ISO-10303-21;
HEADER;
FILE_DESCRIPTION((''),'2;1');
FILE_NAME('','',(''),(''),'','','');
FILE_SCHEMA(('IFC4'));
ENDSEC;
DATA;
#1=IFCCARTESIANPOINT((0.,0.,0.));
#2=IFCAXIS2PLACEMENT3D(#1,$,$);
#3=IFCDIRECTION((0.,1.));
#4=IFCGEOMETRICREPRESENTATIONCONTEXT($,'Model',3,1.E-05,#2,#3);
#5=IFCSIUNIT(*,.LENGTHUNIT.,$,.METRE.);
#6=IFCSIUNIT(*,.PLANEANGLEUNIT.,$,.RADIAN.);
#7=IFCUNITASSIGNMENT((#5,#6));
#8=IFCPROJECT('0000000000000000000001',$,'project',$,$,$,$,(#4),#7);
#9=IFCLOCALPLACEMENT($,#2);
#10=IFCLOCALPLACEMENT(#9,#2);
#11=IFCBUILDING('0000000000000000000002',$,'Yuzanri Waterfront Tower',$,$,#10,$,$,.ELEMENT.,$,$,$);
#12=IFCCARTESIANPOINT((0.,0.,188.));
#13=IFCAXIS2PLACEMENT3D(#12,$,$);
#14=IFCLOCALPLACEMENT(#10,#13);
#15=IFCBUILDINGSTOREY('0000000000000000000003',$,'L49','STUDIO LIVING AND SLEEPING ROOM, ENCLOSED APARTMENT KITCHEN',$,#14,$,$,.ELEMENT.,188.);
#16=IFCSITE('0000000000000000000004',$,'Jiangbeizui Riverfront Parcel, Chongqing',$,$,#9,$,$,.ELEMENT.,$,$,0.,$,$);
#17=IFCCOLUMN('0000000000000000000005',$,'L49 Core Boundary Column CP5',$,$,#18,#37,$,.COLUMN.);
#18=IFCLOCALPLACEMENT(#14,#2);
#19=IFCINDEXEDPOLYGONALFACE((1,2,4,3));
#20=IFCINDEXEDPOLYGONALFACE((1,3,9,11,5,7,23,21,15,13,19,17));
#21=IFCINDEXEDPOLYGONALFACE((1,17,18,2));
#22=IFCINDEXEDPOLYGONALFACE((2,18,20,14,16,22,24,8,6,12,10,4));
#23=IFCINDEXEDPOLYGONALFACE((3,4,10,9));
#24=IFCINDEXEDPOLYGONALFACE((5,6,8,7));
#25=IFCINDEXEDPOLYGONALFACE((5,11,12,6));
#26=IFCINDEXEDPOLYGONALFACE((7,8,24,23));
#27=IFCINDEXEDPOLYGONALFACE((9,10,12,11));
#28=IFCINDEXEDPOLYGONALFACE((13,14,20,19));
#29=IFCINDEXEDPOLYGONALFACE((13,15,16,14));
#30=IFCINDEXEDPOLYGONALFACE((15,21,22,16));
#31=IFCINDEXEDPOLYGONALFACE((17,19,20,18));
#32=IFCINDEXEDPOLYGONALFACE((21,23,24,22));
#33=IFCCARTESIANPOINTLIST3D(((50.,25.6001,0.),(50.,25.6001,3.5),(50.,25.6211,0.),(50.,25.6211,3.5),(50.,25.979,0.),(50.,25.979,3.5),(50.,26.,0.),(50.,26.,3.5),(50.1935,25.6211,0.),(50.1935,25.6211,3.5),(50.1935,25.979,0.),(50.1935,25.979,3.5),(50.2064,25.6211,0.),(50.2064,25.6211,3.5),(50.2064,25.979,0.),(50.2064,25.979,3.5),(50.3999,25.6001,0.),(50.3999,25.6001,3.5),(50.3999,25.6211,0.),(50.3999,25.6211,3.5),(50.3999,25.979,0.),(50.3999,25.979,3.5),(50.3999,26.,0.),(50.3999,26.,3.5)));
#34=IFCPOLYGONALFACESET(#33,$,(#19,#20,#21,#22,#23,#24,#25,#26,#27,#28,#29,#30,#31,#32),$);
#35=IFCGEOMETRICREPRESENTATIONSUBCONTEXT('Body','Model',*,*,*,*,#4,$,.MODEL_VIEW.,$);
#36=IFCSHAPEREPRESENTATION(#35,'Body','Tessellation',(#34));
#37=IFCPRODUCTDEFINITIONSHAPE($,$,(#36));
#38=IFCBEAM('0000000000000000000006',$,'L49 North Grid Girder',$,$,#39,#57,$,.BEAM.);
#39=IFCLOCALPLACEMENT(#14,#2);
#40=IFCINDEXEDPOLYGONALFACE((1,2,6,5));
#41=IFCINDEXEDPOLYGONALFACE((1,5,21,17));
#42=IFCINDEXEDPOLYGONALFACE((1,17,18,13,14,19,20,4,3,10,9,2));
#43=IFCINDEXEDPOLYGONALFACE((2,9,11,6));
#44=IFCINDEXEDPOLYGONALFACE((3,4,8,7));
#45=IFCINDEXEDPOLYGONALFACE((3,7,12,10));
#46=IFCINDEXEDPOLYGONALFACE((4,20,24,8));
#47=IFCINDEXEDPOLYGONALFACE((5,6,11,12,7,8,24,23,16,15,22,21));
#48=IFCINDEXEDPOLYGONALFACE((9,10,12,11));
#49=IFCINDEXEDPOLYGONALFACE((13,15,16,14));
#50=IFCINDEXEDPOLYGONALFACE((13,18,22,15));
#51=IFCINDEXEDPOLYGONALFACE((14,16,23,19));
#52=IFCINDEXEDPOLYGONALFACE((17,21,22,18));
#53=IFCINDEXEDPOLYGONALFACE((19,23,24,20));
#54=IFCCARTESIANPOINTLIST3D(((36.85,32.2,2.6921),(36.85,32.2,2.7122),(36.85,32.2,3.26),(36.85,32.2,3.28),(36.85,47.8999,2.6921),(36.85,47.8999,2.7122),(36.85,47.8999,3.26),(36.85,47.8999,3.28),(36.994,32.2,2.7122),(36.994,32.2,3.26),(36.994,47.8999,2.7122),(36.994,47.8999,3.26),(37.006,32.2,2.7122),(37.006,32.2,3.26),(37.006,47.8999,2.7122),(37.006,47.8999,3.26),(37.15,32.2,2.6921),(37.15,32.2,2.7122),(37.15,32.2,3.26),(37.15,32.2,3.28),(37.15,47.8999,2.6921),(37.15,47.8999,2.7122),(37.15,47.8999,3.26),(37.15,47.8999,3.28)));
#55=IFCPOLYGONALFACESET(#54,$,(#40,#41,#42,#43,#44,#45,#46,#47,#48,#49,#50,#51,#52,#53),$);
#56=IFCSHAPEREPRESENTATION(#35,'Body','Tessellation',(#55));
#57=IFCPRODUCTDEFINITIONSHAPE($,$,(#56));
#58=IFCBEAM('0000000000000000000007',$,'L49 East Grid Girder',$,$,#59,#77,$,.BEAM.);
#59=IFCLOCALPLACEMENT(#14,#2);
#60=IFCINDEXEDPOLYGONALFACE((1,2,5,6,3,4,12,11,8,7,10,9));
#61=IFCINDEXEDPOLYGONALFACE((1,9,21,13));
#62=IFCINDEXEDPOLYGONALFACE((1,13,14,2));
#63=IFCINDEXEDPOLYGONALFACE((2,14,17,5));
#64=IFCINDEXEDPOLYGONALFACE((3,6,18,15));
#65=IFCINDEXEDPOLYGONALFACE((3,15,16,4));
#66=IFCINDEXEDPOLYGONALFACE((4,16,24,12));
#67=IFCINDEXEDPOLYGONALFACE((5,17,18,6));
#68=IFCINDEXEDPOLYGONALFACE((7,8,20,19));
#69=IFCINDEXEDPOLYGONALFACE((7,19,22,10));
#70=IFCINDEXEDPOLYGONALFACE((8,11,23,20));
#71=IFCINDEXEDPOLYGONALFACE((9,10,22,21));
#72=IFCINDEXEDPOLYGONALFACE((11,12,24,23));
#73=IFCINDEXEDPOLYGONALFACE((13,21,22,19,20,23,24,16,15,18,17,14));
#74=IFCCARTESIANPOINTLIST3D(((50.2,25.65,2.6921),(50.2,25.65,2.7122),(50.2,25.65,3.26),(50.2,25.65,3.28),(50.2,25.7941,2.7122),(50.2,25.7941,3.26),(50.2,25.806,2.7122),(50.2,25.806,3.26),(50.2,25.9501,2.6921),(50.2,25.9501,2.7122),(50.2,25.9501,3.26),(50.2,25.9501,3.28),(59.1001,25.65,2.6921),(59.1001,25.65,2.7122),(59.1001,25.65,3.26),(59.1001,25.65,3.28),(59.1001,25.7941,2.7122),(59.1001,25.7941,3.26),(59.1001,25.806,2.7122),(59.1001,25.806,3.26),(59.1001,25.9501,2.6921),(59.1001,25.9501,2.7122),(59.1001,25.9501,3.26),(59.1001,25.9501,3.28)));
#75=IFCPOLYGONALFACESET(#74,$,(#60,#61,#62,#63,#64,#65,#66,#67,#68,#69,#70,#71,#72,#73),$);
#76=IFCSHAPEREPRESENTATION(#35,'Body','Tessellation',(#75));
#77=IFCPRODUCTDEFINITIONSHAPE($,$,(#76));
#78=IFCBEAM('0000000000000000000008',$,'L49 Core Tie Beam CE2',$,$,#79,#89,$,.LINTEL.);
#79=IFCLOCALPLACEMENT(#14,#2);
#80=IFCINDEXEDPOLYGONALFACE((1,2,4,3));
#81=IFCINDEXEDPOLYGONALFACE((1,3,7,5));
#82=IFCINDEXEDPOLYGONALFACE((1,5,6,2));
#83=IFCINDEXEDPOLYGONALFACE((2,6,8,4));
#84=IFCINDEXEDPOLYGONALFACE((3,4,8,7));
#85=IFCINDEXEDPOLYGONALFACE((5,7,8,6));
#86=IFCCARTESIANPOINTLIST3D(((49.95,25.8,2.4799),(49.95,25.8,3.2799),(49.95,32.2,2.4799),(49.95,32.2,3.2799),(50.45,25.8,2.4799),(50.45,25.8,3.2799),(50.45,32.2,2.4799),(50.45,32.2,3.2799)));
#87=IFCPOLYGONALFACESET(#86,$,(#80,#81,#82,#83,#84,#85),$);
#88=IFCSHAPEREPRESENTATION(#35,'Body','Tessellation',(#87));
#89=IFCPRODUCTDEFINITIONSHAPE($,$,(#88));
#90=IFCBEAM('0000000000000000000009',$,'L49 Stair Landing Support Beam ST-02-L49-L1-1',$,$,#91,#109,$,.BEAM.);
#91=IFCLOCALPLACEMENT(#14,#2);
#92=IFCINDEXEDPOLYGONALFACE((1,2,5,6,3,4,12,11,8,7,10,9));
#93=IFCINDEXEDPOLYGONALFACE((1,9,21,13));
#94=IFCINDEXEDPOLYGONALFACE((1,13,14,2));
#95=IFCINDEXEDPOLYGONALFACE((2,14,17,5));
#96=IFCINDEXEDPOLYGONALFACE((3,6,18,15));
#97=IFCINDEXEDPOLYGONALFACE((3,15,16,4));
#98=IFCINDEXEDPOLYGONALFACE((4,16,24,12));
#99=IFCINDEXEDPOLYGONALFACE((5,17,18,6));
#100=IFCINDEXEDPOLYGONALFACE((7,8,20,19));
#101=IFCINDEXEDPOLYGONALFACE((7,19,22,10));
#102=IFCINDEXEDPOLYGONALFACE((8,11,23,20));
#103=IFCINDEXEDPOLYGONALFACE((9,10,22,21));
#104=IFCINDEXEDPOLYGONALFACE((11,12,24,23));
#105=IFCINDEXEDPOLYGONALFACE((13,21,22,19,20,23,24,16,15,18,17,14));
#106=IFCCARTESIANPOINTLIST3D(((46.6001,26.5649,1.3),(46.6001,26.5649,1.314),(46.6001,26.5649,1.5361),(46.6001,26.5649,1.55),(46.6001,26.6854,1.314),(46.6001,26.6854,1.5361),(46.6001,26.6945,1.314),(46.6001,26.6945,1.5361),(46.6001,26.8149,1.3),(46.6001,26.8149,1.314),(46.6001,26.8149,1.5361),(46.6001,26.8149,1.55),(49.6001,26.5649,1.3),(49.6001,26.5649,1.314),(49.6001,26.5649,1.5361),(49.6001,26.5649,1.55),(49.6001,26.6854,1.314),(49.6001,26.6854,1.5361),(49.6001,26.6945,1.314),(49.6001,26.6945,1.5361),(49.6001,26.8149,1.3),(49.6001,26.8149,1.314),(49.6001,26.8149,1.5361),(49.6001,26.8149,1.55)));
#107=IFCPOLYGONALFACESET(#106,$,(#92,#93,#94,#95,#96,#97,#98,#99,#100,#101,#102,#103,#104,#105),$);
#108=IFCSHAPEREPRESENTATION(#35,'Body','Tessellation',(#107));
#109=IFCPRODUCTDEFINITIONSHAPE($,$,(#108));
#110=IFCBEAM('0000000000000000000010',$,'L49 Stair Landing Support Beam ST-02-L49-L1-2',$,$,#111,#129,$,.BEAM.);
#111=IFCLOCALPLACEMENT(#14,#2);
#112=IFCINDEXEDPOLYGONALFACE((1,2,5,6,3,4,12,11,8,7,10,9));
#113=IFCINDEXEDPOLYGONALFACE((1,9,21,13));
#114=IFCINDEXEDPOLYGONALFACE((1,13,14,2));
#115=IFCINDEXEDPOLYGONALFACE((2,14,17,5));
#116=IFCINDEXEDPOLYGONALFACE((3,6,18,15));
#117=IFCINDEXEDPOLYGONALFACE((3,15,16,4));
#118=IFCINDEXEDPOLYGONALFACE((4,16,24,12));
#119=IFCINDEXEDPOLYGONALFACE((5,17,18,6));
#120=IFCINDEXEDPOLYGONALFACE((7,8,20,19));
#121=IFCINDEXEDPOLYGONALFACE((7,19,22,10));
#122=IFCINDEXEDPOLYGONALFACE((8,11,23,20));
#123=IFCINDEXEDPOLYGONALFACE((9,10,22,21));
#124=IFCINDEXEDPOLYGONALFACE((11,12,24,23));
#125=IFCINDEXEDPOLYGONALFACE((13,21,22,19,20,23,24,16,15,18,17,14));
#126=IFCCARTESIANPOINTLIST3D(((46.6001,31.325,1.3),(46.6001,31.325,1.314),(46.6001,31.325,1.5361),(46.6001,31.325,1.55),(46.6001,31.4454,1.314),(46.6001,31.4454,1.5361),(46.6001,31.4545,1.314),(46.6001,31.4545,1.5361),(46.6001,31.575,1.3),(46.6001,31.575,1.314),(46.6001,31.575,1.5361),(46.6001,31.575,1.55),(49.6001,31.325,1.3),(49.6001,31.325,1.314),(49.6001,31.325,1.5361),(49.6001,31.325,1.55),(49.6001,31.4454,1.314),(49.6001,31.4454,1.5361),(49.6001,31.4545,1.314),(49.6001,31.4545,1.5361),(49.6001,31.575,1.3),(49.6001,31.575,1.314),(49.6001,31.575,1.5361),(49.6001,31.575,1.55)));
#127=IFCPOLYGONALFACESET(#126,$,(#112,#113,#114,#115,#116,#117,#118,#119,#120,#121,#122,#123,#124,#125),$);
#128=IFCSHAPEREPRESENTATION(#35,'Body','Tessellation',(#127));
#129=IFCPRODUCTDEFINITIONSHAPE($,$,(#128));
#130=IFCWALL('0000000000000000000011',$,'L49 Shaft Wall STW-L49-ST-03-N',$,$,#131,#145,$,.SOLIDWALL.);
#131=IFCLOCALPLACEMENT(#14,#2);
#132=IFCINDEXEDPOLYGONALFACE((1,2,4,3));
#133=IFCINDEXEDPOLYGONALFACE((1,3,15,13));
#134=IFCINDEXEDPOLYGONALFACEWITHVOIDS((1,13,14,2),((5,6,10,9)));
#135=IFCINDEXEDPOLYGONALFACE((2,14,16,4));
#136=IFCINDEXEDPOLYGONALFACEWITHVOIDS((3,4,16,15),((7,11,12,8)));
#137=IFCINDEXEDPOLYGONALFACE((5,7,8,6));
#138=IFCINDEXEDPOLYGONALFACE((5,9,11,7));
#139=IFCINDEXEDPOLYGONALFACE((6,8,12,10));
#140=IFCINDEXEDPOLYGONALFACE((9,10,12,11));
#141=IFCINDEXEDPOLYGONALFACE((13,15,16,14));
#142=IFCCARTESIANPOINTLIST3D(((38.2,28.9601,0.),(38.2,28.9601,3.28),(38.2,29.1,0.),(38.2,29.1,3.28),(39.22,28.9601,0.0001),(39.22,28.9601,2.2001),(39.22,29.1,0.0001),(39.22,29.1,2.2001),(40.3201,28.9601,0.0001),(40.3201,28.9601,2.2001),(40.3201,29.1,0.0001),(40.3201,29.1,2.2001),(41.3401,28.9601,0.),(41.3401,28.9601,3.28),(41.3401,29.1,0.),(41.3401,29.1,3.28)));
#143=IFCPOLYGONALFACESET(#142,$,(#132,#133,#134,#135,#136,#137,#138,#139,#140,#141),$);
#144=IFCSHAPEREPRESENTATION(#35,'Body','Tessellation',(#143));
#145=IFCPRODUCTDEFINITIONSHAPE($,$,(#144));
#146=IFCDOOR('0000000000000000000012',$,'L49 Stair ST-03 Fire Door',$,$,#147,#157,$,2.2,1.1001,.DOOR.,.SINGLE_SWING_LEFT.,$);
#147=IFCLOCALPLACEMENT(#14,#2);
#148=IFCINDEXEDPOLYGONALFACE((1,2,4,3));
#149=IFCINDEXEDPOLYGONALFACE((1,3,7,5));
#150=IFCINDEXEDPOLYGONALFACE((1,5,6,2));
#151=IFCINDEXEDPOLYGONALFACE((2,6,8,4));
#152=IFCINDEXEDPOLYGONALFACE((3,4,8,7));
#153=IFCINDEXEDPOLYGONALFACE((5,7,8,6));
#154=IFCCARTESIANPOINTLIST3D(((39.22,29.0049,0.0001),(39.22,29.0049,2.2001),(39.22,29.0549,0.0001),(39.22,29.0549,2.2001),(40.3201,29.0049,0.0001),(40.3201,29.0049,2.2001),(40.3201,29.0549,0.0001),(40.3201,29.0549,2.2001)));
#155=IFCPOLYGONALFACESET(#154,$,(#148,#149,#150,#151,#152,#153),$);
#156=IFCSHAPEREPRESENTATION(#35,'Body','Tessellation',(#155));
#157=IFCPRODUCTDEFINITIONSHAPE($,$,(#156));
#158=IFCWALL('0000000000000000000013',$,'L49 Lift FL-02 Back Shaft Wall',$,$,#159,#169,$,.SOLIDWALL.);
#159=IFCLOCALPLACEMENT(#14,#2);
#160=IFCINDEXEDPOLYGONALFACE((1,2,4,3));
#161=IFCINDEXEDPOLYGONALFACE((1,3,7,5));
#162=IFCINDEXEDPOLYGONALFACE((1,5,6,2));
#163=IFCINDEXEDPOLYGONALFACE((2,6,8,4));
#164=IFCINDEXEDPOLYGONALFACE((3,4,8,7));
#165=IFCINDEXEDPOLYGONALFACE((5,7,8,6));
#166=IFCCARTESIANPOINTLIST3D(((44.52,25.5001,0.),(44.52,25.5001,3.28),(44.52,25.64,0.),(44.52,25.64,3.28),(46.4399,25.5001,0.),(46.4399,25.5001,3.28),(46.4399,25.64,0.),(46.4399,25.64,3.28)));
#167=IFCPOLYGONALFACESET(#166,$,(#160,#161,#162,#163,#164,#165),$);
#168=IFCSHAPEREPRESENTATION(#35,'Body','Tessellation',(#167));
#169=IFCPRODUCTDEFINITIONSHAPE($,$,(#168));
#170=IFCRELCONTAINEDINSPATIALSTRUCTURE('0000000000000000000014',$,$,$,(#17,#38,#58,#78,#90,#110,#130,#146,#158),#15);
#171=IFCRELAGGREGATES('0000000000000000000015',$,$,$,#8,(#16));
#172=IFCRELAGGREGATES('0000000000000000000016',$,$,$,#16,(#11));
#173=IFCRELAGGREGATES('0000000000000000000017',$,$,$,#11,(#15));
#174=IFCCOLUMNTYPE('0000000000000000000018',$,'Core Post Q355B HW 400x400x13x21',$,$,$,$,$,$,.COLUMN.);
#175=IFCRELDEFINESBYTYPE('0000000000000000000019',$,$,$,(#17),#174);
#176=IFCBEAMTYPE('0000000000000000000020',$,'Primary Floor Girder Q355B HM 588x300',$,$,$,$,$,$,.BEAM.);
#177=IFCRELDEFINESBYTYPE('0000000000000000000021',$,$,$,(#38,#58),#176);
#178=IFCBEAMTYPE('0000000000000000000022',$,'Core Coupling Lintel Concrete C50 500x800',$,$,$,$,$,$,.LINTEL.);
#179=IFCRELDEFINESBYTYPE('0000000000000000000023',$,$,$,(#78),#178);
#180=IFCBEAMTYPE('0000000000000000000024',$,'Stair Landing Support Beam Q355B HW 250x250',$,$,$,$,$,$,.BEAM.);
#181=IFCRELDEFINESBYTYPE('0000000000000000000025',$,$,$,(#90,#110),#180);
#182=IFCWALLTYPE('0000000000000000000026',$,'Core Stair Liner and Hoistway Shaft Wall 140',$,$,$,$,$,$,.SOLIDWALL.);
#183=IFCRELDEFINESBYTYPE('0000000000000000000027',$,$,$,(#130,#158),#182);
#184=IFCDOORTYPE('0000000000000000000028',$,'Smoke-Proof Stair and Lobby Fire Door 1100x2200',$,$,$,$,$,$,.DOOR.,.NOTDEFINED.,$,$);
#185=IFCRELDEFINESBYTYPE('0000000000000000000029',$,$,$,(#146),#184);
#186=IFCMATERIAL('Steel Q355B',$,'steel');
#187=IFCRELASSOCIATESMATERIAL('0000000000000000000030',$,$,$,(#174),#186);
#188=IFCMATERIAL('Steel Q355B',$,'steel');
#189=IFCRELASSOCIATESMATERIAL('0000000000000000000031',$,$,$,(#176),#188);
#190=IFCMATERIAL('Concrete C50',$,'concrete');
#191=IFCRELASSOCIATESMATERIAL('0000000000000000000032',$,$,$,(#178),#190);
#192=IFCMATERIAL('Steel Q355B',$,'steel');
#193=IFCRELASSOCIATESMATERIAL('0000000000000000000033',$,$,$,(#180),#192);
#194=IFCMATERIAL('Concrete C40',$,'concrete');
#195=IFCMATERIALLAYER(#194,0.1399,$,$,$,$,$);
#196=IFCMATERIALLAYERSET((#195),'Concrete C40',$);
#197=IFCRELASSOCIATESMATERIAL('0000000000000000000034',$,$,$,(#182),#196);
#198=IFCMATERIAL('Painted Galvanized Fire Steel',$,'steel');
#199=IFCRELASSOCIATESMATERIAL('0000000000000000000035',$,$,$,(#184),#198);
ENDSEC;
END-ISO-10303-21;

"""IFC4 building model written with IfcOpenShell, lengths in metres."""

from ifc_helpers import new_model, si_unit, direction, frame, frame_2d, origin, origin_2d, place, context, subcontext, project, spatial, rectangle, i_section, extrude, source, transform, mapped, material, layer, layer_set, material_profile, profile_set, type_object, element, fill, save


model = new_model("IFC4")

# Units and contexts
model_context = context("Model", 3, precision=1e-05, world=origin(), true_north=direction((0.0, 1.0)))
body_context = subcontext(model_context, "Body", "Model", "MODEL_VIEW")
ifc_project = project(units=[si_unit("LENGTHUNIT", "METRE"), si_unit("PLANEANGLEUNIT", "RADIAN")], contexts=[model_context])

# Site, building, storey
site_placement = place(None, origin())
site = spatial("IfcSite", under=ifc_project, at=site_placement, Name="Jiangbeizui Riverfront Parcel, Chongqing", CompositionType="ELEMENT", RefElevation=0.0)
building_placement = place(site_placement, origin())
building = spatial("IfcBuilding", under=site, at=building_placement, Name="Yuzanri Waterfront Tower", CompositionType="ELEMENT")
storey_placement = place(building_placement, frame((0.0, 0.0, 188.0)))
storey = spatial("IfcBuildingStorey", under=building, at=storey_placement, Name="L49", Description="STUDIO LIVING AND SLEEPING ROOM, ENCLOSED APARTMENT KITCHEN", CompositionType="ELEMENT", Elevation=188.0)

# Column
ifc_material_1 = material(Name="Steel Q355B", Category="steel")
ifc_material_profile_1 = material_profile(ifc_material_1, i_section(OverallWidth=0.3999, OverallDepth=0.3999, WebThickness=0.0129, FlangeThickness=0.021, at=origin_2d()), Name="HW 400x400x13x21")
ifc_profile_set_1 = profile_set([ifc_material_profile_1], Name="Steel Q355B")
column_type = type_object("IfcColumnType", Name="Core Post Q355B HW 400x400x13x21", PredefinedType="COLUMN", material=ifc_profile_set_1)
shared_shape_1 = source(origin(), body_context, "Body", "SweptSolid", [
    extrude(i_section(OverallWidth=0.3999, OverallDepth=0.3999, WebThickness=0.0129, FlangeThickness=0.021, at=origin_2d()), origin(), (0.0, 0.0, 1.0), 3.5),
])
column_placement = place(storey_placement, frame((50.2, 25.8, 0.0), z_axis=(0.0, 0.0, 1.0), x_axis=(1.0, 0.0, 0.0)))
element("IfcColumn", 1, at=column_placement, inside=storey, type_object=column_type, Name="L49 Core Boundary Column CP5", PredefinedType="COLUMN", context=body_context, shape_type="MappedRepresentation", body=[
    mapped(shared_shape_1, transform((0.0, 0.0, 0.0), scale=1.0)),
])

# Beams
ifc_material_2 = material(Name="Steel Q355B", Category="steel")
ifc_material_profile_2 = material_profile(ifc_material_2, i_section(OverallWidth=0.3, OverallDepth=0.5879, WebThickness=0.012, FlangeThickness=0.02, at=origin_2d()), Name="HM 588x300x12x20")
ifc_profile_set_2 = profile_set([ifc_material_profile_2], Name="Steel Q355B")
beam_type_1 = type_object("IfcBeamType", Name="Primary Floor Girder Q355B HM 588x300", PredefinedType="BEAM", material=ifc_profile_set_2)
shared_shape_2 = source(origin(), body_context, "Body", "SweptSolid", [
    extrude(i_section(OverallWidth=0.3, OverallDepth=0.5879, WebThickness=0.012, FlangeThickness=0.02, at=origin_2d()), origin(), (0.0, 0.0, 1.0), 15.7),
])
beam_1_placement = place(storey_placement, frame((37.0, 32.2, 2.9861), z_axis=(0.0, 1.0, 0.0), x_axis=(-1.0, 0.0, 0.0)))
element("IfcBeam", 2, at=beam_1_placement, inside=storey, type_object=beam_type_1, Name="L49 North Grid Girder", PredefinedType="BEAM", context=body_context, shape_type="MappedRepresentation", body=[
    mapped(shared_shape_2, transform((0.0, 0.0, 0.0), scale=1.0)),
])
shared_shape_3 = source(origin(), body_context, "Body", "SweptSolid", [
    extrude(i_section(OverallWidth=0.3, OverallDepth=0.5879, WebThickness=0.012, FlangeThickness=0.02, at=origin_2d()), origin(), (0.0, 0.0, 1.0), 8.9001),
])
beam_2_placement = place(storey_placement, frame((50.2, 25.8, 2.9861), z_axis=(1.0, 0.0, 0.0), x_axis=(0.0, 1.0, 0.0)))
element("IfcBeam", 3, at=beam_2_placement, inside=storey, type_object=beam_type_1, Name="L49 East Grid Girder", PredefinedType="BEAM", context=body_context, shape_type="MappedRepresentation", body=[
    mapped(shared_shape_3, transform((0.0, 0.0, 0.0), scale=1.0)),
])
ifc_material_3 = material(Name="Concrete C50", Category="concrete")
ifc_material_profile_3 = material_profile(ifc_material_3, rectangle(XDim=0.5, YDim=0.8, at=origin_2d()), Name="RC 500x800")
ifc_profile_set_3 = profile_set([ifc_material_profile_3], Name="Concrete C50")
beam_type_2 = type_object("IfcBeamType", Name="Core Coupling Lintel Concrete C50 500x800", PredefinedType="LINTEL", material=ifc_profile_set_3)
shared_shape_4 = source(origin(), body_context, "Body", "SweptSolid", [
    extrude(rectangle(XDim=0.5, YDim=0.8, at=origin_2d()), origin(), (0.0, 0.0, 1.0), 6.3999),
])
beam_3_placement = place(storey_placement, frame((50.2, 25.8, 2.8799), z_axis=(0.0, 1.0, 0.0), x_axis=(-1.0, 0.0, 0.0)))
element("IfcBeam", 4, at=beam_3_placement, inside=storey, type_object=beam_type_2, Name="L49 Core Tie Beam CE2", PredefinedType="LINTEL", context=body_context, shape_type="MappedRepresentation", body=[
    mapped(shared_shape_4, transform((0.0, 0.0, 0.0), scale=1.0)),
])
ifc_material_4 = material(Name="Steel Q355B", Category="steel")
ifc_material_profile_4 = material_profile(ifc_material_4, i_section(OverallWidth=0.25, OverallDepth=0.25, WebThickness=0.009, FlangeThickness=0.0139, at=origin_2d()), Name="HW 250x250x9x14")
ifc_profile_set_4 = profile_set([ifc_material_profile_4], Name="Steel Q355B")
beam_type_3 = type_object("IfcBeamType", Name="Stair Landing Support Beam Q355B HW 250x250", PredefinedType="BEAM", material=ifc_profile_set_4)
shared_shape_5 = source(origin(), body_context, "Body", "SweptSolid", [
    extrude(i_section(OverallWidth=0.25, OverallDepth=0.25, WebThickness=0.009, FlangeThickness=0.0139, at=origin_2d()), origin(), (0.0, 0.0, 1.0), 3.0),
])
for number, where, z_axis, x_axis, name in (
    (5, (46.6001, 26.6899, 1.425), (1.0, 0.0, 0.0), (0.0, 1.0, 0.0), "L49 Stair Landing Support Beam ST-02-L49-L1-1"),
    (6, (46.6001, 31.45, 1.425), (1.0, 0.0, 0.0), (0.0, 1.0, 0.0), "L49 Stair Landing Support Beam ST-02-L49-L1-2"),
):
    element("IfcBeam", number, at=place(storey_placement, frame(where, z_axis=z_axis, x_axis=x_axis)), inside=storey, type_object=beam_type_3, Name=name, PredefinedType="BEAM", context=body_context, shape_type="MappedRepresentation", body=[
        mapped(shared_shape_5, transform((0.0, 0.0, 0.0), scale=1.0)),
    ])

# Wall, opening, door
ifc_material_5 = material(Name="Concrete C40", Category="concrete")
ifc_layer_1 = layer(ifc_material_5, 0.1399)
ifc_layer_set_1 = layer_set([ifc_layer_1], Name="Concrete C40")
wall_type = type_object("IfcWallType", Name="Core Stair Liner and Hoistway Shaft Wall 140", PredefinedType="SOLIDWALL", material=ifc_layer_set_1)
wall_1_placement = place(storey_placement, frame((38.2, 29.03, 0.0), z_axis=(0.0, 0.0, 1.0), x_axis=(1.0, 0.0, 0.0)))
wall_1 = element("IfcWall", 7, at=wall_1_placement, inside=storey, type_object=wall_type, Name="L49 Shaft Wall STW-L49-ST-03-N", PredefinedType="SOLIDWALL", context=body_context, shape_type="SweptSolid", body=[
    extrude(rectangle(XDim=3.1401, YDim=0.1399, at=frame_2d((1.5701, 0.0))), origin(), (0.0, 0.0, 1.0), 3.28),
])
opening_placement = place(wall_1_placement, frame((1.02, 0.0, 0.0)))
opening = element("IfcOpeningElement", 8, at=opening_placement, cuts=wall_1, PredefinedType="OPENING", context=body_context, shape_type="SweptSolid", body=[
    extrude(rectangle(XDim=1.1001, YDim=2.2, at=frame_2d((0.55, 1.1001))), frame((0.0, 0.085, 0.0), z_axis=(0.0, -1.0, 0.0), x_axis=(1.0, 0.0, 0.0)), (0.0, 0.0, 1.0), 0.1697),
])
ifc_material_6 = material(Name="Painted Galvanized Fire Steel", Category="steel")
door_type = type_object("IfcDoorType", Name="Smoke-Proof Stair and Lobby Fire Door 1100x2200", OperationType="NOTDEFINED", PredefinedType="DOOR", material=ifc_material_6)
shared_shape_6 = source(origin(), body_context, "Body", "SweptSolid", [
    extrude(rectangle(XDim=1.1001, YDim=2.2, at=frame_2d((0.55, 1.1001))), frame((0.0, 0.0249, 0.0), z_axis=(0.0, -1.0, 0.0), x_axis=(1.0, 0.0, 0.0)), (0.0, 0.0, 1.0), 0.05),
])
door_placement = place(opening_placement, origin())
door = element("IfcDoor", 9, at=door_placement, inside=storey, type_object=door_type, Name="L49 Stair ST-03 Fire Door", OperationType="SINGLE_SWING_LEFT", OverallHeight=2.2, OverallWidth=1.1001, PredefinedType="DOOR", context=body_context, shape_type="MappedRepresentation", body=[
    mapped(shared_shape_6, transform((0.0, 0.0, 0.0), scale=1.0)),
])
fill(opening, door)

# Wall
shared_shape_7 = source(origin(), body_context, "Body", "SweptSolid", [
    extrude(rectangle(XDim=1.9199, YDim=0.1399, at=frame_2d((0.96, 0.0))), origin(), (0.0, 0.0, 1.0), 3.28),
])
wall_2_placement = place(storey_placement, frame((44.52, 25.5701, 0.0), z_axis=(0.0, 0.0, 1.0), x_axis=(1.0, 0.0, 0.0)))
element("IfcWall", 10, at=wall_2_placement, inside=storey, type_object=wall_type, Name="L49 Lift FL-02 Back Shaft Wall", PredefinedType="SOLIDWALL", context=body_context, shape_type="MappedRepresentation", body=[
    mapped(shared_shape_7, transform((0.0, 0.0, 0.0), scale=1.0)),
])

save(model, "model.ifc")
